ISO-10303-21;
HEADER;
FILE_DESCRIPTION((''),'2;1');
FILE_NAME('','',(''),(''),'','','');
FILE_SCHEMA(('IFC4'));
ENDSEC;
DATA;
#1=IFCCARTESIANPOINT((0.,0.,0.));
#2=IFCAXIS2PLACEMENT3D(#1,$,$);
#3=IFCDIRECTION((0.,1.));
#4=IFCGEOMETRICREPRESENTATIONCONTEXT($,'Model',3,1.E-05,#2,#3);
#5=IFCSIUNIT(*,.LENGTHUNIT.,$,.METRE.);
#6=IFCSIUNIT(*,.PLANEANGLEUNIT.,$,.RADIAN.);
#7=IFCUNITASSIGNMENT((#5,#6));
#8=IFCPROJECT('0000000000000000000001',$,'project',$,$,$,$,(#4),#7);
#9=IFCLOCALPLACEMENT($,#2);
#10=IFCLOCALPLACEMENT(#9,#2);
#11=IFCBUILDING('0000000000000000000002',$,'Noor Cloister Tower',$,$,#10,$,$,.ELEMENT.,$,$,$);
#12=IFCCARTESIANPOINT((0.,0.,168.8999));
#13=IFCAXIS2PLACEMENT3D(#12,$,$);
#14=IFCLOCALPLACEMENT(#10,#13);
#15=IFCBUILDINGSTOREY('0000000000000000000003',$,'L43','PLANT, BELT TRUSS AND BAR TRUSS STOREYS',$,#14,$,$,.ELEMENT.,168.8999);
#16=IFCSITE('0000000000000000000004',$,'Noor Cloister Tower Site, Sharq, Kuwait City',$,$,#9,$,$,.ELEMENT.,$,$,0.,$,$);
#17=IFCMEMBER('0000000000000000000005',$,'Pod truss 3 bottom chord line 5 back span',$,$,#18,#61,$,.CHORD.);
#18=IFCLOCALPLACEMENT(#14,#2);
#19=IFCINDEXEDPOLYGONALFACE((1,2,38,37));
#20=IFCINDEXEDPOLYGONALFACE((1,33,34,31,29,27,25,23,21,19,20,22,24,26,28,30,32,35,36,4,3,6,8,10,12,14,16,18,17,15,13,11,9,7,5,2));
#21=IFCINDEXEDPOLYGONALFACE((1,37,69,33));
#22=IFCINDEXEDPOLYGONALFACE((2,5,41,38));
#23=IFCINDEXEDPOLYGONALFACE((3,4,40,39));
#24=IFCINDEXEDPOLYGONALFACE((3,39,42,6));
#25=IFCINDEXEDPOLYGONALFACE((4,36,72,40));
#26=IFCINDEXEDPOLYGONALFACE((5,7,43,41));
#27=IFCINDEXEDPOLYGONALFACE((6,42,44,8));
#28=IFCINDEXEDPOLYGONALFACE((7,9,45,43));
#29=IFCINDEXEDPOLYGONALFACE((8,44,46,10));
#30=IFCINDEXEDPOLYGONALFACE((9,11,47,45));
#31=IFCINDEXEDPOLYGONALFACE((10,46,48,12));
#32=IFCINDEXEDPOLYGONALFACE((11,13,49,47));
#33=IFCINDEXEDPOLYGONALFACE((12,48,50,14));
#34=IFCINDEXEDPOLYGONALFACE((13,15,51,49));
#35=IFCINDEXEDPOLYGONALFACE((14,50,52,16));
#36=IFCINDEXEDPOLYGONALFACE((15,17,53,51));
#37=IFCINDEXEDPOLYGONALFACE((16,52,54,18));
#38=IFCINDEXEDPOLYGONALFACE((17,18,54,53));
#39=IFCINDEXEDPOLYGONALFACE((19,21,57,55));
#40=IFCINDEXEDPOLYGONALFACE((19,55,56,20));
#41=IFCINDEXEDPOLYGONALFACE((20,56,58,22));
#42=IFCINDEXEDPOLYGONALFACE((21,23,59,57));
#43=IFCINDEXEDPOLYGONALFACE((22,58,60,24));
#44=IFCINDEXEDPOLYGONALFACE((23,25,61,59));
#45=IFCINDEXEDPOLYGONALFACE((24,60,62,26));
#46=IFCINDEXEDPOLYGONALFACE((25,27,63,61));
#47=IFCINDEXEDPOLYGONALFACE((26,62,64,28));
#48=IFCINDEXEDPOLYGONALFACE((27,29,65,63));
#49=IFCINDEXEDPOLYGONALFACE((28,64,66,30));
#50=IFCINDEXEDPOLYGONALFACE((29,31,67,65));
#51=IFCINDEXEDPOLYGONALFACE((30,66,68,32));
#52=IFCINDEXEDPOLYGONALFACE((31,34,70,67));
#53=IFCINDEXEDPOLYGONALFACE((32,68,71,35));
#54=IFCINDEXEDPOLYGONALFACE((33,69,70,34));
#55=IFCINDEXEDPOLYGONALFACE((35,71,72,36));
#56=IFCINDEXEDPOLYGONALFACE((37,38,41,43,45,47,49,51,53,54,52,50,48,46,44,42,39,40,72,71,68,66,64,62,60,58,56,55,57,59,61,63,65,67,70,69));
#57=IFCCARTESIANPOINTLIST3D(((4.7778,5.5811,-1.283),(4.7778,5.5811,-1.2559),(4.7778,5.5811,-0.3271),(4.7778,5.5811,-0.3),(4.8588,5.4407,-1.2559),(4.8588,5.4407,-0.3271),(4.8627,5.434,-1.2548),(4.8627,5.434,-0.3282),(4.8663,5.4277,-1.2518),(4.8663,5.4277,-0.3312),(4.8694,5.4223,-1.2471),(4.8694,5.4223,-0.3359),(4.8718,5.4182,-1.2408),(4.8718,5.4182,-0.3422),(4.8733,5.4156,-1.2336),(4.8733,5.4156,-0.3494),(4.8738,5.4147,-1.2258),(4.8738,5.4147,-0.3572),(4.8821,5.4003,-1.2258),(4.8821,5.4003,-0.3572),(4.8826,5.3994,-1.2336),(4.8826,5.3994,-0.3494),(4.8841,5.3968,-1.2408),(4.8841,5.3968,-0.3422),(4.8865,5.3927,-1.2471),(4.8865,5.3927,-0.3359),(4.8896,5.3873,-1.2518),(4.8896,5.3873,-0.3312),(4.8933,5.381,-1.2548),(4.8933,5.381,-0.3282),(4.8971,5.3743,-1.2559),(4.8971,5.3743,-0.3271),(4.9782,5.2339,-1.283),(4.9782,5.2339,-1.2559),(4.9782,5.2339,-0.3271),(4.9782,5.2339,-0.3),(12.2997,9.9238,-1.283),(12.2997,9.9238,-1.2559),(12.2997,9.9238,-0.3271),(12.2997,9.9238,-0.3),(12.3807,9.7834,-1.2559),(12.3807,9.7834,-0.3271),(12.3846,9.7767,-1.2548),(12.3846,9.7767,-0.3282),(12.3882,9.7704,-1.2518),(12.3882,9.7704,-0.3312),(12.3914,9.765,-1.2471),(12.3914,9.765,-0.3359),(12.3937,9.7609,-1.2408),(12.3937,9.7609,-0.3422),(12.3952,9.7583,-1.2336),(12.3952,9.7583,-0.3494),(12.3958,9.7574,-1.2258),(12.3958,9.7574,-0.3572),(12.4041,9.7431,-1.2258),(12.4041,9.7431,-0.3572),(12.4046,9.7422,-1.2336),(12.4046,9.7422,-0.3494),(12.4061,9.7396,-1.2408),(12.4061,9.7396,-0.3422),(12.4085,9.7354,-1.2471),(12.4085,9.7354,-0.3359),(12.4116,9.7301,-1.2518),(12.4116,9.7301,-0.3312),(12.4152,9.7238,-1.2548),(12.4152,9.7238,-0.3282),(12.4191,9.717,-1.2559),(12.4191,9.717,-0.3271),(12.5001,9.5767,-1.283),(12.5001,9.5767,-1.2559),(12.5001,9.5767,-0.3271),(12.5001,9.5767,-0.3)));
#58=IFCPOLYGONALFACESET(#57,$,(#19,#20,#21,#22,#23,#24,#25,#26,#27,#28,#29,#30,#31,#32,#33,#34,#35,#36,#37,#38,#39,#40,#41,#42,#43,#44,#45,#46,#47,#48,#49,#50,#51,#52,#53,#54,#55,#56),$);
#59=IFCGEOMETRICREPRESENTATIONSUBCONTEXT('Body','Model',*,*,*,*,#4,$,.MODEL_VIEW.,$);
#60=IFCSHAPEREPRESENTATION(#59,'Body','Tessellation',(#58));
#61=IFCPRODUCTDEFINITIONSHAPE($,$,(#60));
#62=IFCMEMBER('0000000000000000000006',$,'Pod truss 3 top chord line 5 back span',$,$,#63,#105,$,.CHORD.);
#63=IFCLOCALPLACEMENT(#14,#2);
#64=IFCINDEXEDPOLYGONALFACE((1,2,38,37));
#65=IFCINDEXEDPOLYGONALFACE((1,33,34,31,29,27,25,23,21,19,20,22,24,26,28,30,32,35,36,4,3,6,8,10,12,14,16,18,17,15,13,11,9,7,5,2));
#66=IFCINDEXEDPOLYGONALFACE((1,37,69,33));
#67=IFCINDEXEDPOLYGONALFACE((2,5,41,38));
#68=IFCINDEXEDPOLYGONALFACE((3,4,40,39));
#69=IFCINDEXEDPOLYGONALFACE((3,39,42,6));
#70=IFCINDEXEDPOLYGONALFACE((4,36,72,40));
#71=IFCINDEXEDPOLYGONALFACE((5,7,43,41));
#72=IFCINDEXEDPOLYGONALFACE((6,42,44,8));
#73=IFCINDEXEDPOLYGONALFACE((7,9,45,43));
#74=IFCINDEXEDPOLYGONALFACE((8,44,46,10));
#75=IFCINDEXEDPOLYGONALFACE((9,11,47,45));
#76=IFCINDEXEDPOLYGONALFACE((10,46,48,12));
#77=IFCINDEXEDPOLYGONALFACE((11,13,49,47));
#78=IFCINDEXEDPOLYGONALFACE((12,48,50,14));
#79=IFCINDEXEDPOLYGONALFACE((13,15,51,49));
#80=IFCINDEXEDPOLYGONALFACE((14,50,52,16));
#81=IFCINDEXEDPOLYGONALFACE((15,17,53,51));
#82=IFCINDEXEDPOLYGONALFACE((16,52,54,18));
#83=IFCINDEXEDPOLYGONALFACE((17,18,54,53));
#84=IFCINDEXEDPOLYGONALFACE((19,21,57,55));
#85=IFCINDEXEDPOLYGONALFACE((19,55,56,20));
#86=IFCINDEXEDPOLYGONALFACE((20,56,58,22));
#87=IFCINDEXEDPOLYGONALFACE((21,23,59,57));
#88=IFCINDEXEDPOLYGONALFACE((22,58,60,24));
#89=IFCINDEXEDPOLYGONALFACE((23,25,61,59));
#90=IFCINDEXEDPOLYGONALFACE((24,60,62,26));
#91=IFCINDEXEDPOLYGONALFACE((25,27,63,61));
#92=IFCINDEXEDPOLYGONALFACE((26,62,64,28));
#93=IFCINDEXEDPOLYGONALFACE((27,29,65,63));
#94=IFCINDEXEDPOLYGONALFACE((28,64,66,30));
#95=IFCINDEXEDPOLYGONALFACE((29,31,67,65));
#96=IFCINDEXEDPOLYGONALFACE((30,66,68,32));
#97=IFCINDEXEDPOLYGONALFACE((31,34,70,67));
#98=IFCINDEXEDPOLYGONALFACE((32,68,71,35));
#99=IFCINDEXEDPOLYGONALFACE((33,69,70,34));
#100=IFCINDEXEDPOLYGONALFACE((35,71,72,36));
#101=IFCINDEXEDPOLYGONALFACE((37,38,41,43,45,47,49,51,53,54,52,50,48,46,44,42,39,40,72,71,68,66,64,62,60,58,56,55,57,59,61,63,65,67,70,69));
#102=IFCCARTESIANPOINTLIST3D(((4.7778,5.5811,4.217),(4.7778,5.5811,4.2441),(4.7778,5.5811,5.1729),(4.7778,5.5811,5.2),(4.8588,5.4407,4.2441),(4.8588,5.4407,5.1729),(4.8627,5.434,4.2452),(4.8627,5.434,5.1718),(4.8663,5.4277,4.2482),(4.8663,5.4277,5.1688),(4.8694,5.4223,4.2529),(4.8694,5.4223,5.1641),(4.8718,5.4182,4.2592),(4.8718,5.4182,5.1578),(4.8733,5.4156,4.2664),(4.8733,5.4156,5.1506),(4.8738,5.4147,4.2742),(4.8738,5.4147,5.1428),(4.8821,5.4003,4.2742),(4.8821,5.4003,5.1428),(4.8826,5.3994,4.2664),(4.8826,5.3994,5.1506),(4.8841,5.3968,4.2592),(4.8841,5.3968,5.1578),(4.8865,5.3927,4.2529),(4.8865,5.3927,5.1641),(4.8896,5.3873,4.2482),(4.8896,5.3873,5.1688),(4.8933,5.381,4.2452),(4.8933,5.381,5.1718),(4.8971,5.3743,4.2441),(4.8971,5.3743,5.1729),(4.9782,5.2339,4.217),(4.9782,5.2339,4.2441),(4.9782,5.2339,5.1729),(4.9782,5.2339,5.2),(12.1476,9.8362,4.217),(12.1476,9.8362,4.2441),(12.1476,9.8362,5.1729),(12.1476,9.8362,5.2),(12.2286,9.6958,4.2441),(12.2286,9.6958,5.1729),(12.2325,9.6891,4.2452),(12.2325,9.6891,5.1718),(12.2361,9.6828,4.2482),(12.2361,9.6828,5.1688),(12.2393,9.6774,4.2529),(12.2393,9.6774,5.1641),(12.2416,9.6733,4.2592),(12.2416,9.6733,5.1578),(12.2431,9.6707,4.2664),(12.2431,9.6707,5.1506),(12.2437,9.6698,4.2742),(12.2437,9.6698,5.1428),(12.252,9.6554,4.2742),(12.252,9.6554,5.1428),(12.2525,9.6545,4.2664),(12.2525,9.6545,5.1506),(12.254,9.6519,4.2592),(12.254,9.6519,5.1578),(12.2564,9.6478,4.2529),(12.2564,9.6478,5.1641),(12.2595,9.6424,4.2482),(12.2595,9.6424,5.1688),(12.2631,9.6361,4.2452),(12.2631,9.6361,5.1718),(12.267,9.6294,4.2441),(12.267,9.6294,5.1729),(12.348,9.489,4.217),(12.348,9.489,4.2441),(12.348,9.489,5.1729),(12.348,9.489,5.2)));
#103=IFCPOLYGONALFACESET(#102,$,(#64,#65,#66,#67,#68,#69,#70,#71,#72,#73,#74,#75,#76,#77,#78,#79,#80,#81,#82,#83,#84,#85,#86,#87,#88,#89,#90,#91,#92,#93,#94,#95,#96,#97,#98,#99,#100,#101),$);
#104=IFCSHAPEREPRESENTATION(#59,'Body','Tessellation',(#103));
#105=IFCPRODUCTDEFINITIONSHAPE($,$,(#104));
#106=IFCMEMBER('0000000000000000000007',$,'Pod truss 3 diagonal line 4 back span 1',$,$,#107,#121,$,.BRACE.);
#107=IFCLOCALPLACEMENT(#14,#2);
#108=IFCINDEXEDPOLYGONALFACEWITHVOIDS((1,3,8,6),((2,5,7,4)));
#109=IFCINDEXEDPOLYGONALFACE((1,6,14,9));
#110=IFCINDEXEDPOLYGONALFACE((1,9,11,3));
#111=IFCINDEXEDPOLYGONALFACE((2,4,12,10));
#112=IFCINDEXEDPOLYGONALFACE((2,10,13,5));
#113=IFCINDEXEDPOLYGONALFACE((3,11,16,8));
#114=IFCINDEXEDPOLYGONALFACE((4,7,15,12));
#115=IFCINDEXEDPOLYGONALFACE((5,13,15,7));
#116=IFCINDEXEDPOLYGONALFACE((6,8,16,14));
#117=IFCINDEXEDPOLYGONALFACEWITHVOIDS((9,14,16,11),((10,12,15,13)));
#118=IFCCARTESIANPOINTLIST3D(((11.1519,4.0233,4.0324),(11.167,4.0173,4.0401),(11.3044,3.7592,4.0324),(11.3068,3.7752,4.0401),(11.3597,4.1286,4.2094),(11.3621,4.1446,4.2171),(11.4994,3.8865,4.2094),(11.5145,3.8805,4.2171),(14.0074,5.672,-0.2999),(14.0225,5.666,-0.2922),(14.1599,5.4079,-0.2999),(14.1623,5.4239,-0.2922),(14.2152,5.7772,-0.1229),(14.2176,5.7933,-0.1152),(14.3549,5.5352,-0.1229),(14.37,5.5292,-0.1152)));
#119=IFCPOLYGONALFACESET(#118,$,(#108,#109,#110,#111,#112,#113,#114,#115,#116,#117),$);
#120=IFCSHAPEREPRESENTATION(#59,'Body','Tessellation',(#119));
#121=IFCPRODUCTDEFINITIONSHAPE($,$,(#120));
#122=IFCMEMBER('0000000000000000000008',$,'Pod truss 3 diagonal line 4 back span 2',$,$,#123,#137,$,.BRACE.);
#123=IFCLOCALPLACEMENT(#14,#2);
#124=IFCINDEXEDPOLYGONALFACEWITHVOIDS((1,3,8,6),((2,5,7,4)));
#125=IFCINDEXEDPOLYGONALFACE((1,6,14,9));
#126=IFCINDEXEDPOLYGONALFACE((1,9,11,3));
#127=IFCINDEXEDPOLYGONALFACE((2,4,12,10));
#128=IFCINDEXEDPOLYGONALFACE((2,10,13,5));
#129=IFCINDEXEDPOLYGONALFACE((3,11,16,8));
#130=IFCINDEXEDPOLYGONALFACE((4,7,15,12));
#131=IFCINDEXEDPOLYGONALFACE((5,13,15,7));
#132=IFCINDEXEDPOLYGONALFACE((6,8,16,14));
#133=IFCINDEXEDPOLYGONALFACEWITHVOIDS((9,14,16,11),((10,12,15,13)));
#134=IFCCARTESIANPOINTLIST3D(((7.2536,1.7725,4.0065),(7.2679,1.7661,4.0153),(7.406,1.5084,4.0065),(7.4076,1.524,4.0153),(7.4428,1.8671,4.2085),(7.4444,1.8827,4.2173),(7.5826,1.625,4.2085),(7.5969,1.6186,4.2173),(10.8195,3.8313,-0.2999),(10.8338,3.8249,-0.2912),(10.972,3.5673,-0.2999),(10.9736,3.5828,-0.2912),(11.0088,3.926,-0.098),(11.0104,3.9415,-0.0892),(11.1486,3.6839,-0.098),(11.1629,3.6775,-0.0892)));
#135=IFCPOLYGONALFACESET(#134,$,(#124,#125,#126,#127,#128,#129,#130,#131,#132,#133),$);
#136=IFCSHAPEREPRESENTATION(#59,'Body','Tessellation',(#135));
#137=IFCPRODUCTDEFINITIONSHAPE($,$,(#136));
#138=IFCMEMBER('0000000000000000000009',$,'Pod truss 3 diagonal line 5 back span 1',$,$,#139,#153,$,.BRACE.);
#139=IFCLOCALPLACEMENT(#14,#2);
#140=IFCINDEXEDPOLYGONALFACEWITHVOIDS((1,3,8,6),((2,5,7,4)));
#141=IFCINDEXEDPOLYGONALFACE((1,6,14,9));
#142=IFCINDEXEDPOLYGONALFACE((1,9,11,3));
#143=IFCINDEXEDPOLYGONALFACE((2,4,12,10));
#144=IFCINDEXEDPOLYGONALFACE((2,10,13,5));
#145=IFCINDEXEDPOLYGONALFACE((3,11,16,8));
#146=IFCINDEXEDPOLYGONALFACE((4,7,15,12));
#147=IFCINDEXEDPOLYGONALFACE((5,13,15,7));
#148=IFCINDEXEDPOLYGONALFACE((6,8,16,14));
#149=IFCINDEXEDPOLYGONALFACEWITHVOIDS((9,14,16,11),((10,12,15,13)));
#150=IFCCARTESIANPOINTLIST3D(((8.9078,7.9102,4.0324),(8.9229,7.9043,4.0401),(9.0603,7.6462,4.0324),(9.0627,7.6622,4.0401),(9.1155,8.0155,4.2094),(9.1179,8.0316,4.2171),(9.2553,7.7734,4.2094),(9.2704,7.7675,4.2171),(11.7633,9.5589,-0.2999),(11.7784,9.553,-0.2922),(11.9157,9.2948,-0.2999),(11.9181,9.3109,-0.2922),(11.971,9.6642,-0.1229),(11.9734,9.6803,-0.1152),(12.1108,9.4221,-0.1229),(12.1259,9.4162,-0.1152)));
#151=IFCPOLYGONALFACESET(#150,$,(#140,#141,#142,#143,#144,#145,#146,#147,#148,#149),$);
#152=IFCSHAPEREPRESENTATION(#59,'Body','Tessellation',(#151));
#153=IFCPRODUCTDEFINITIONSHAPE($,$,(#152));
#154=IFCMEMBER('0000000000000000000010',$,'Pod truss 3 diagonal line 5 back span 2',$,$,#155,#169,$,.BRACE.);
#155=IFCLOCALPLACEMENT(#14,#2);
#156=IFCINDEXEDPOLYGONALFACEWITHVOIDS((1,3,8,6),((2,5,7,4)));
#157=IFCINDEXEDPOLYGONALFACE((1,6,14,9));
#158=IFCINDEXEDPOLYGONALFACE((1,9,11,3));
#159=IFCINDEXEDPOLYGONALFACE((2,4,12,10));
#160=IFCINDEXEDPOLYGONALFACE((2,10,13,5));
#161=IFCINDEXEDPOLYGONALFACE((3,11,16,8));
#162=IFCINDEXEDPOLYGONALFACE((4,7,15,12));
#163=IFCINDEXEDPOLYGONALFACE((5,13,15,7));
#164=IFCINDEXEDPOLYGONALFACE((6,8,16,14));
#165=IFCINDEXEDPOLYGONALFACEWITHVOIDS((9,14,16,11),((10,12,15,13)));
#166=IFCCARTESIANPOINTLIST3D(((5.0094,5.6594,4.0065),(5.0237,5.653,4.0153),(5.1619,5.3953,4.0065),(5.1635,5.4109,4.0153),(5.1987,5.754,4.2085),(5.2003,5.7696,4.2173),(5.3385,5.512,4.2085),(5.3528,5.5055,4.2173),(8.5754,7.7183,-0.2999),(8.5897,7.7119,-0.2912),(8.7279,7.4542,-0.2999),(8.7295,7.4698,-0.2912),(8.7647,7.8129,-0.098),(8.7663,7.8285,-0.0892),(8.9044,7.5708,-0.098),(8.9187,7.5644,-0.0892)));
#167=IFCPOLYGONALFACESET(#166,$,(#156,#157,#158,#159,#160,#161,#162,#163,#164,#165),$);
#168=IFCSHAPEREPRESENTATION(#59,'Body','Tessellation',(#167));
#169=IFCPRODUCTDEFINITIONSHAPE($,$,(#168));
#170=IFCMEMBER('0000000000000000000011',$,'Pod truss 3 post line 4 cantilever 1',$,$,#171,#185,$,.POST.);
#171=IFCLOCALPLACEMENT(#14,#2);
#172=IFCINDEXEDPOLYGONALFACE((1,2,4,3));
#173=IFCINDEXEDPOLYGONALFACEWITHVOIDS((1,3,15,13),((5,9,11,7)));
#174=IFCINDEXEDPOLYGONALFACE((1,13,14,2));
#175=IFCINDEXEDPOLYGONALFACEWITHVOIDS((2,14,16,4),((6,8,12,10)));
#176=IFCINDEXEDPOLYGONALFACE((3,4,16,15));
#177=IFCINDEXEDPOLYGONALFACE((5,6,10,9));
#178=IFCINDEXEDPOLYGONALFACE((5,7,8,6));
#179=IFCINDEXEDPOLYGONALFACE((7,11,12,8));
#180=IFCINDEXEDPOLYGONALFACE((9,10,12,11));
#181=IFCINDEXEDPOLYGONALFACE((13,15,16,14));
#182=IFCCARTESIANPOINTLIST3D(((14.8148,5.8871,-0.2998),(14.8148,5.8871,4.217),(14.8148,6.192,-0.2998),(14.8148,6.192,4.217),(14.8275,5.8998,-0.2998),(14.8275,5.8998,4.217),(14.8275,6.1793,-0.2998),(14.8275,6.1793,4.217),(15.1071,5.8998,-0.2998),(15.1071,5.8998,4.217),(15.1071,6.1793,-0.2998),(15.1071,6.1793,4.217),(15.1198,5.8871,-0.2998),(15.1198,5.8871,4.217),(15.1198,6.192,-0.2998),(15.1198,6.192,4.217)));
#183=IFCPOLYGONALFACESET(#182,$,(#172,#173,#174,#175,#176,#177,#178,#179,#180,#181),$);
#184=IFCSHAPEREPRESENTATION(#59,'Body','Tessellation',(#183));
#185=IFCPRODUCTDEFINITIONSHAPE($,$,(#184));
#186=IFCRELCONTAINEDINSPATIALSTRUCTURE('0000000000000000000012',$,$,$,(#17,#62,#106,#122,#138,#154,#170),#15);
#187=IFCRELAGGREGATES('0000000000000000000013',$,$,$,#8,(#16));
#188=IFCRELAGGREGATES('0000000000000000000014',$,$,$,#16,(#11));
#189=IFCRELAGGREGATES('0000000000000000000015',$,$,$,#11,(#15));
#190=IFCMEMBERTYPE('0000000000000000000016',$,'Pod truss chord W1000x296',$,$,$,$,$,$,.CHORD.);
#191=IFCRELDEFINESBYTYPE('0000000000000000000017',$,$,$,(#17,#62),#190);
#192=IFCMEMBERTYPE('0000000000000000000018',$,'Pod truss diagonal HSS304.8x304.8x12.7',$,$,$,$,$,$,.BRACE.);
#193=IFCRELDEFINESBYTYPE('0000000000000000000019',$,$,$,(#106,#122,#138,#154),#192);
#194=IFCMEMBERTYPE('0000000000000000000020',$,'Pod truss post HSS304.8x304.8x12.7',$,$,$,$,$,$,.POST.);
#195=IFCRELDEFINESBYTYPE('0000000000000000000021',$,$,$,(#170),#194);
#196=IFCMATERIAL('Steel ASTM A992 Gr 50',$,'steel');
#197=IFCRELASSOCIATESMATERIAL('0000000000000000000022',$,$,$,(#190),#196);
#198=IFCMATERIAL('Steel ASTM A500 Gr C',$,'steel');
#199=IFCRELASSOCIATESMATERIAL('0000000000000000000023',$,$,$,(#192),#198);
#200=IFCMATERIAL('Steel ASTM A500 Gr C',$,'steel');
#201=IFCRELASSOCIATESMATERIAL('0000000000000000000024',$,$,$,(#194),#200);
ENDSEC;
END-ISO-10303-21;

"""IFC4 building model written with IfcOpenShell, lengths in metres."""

from ifc_helpers import new_model, si_unit, direction, frame, origin, origin_2d, place, context, subcontext, project, spatial, hollow_rectangle, i_section, extrude, material, material_profile, profile_set, type_object, element, save


model = new_model("IFC4")

# Units and contexts
model_context = context("Model", 3, precision=1e-05, world=origin(), true_north=direction((0.0, 1.0)))
body_context = subcontext(model_context, "Body", "Model", "MODEL_VIEW")
ifc_project = project(units=[si_unit("LENGTHUNIT", "METRE"), si_unit("PLANEANGLEUNIT", "RADIAN")], contexts=[model_context])

# Site, building, storey
site_placement = place(None, origin())
site = spatial("IfcSite", under=ifc_project, at=site_placement, Name="Noor Cloister Tower Site, Sharq, Kuwait City", CompositionType="ELEMENT", RefElevation=0.0)
building_placement = place(site_placement, origin())
building = spatial("IfcBuilding", under=site, at=building_placement, Name="Noor Cloister Tower", CompositionType="ELEMENT")
storey_placement = place(building_placement, frame((0.0, 0.0, 168.8999)))
storey = spatial("IfcBuildingStorey", under=building, at=storey_placement, Name="L43", Description="PLANT, BELT TRUSS AND BAR TRUSS STOREYS", CompositionType="ELEMENT", Elevation=168.8999)

# Members
ifc_material_1 = material(Name="Steel ASTM A992 Gr 50", Category="steel")
ifc_material_profile_1 = material_profile(ifc_material_1, i_section(OverallWidth=0.4009, OverallDepth=0.9829, WebThickness=0.0166, FlangeThickness=0.0271, FilletRadius=0.03, at=origin_2d()), Name="W1000x296")
ifc_profile_set_1 = profile_set([ifc_material_profile_1], Name="Steel ASTM A992 Gr 50")
member_type_1 = type_object("IfcMemberType", Name="Pod truss chord W1000x296", PredefinedType="CHORD", material=ifc_profile_set_1)
member_1_placement = place(storey_placement, frame((12.3999, 9.7502, -0.7915), z_axis=(-0.866027, -0.499997, 0.0), x_axis=(0.499997, -0.866027, 0.0)))
element("IfcMember", 1, at=member_1_placement, inside=storey, type_object=member_type_1, Name="Pod truss 3 bottom chord line 5 back span", PredefinedType="CHORD", context=body_context, shape_type="SweptSolid", body=[
    extrude(i_section(OverallWidth=0.4009, OverallDepth=0.9829, WebThickness=0.0166, FlangeThickness=0.0271, FilletRadius=0.03, at=origin_2d()), origin(), (0.0, 0.0, 1.0), 8.6855),
])
member_2_placement = place(storey_placement, frame((12.2478, 9.6626, 4.7085), z_axis=(-0.866019, -0.500011, 0.0), x_axis=(0.500011, -0.866019, 0.0)))
element("IfcMember", 2, at=member_2_placement, inside=storey, type_object=member_type_1, Name="Pod truss 3 top chord line 5 back span", PredefinedType="CHORD", context=body_context, shape_type="SweptSolid", body=[
    extrude(i_section(OverallWidth=0.4009, OverallDepth=0.9829, WebThickness=0.0166, FlangeThickness=0.0271, FilletRadius=0.03, at=origin_2d()), origin(), (0.0, 0.0, 1.0), 8.51),
])
ifc_material_2 = material(Name="Steel ASTM A500 Gr C", Category="steel")
ifc_material_profile_2 = material_profile(ifc_material_2, hollow_rectangle(XDim=0.3049, YDim=0.3049, WallThickness=0.0127, at=origin_2d()), Name="HSS304.8x304.8x12.7")
ifc_profile_set_2 = profile_set([ifc_material_profile_2], Name="Steel ASTM A500 Gr C")
member_type_2 = type_object("IfcMemberType", Name="Pod truss diagonal HSS304.8x304.8x12.7", PredefinedType="BRACE", material=ifc_profile_set_2)
member_3_placement = place(storey_placement, frame((14.1887, 5.6006, -0.2075), z_axis=(-0.524487, -0.302827, 0.795744), x_axis=(0.500017, -0.866015, 0.0)))
element("IfcMember", 3, at=member_3_placement, inside=storey, type_object=member_type_2, Name="Pod truss 3 diagonal line 4 back span 1", PredefinedType="BRACE", context=body_context, shape_type="SweptSolid", body=[
    extrude(hollow_rectangle(XDim=0.3049, YDim=0.3049, WallThickness=0.0127, at=origin_2d()), origin(), (0.0, 0.0, 1.0), 5.4443),
])
member_4_placement = place(storey_placement, frame((10.9912, 3.7544, -0.1946), z_axis=(-0.598493, -0.345549, 0.722773), x_axis=(0.50001, -0.86602, 0.0)))
element("IfcMember", 4, at=member_4_placement, inside=storey, type_object=member_type_2, Name="Pod truss 3 diagonal line 4 back span 2", PredefinedType="BRACE", context=body_context, shape_type="SweptSolid", body=[
    extrude(hollow_rectangle(XDim=0.3049, YDim=0.3049, WallThickness=0.0127, at=origin_2d()), origin(), (0.0, 0.0, 1.0), 5.9583),
])
member_5_placement = place(storey_placement, frame((11.9446, 9.4875, -0.2075), z_axis=(-0.524487, -0.302827, 0.795744), x_axis=(0.500017, -0.866015, 0.0)))
element("IfcMember", 5, at=member_5_placement, inside=storey, type_object=member_type_2, Name="Pod truss 3 diagonal line 5 back span 1", PredefinedType="BRACE", context=body_context, shape_type="SweptSolid", body=[
    extrude(hollow_rectangle(XDim=0.3049, YDim=0.3049, WallThickness=0.0127, at=origin_2d()), origin(), (0.0, 0.0, 1.0), 5.4443),
])
member_6_placement = place(storey_placement, frame((8.7471, 7.6414, -0.1946), z_axis=(-0.598493, -0.345549, 0.722773), x_axis=(0.50001, -0.86602, 0.0)))
element("IfcMember", 6, at=member_6_placement, inside=storey, type_object=member_type_2, Name="Pod truss 3 diagonal line 5 back span 2", PredefinedType="BRACE", context=body_context, shape_type="SweptSolid", body=[
    extrude(hollow_rectangle(XDim=0.3049, YDim=0.3049, WallThickness=0.0127, at=origin_2d()), origin(), (0.0, 0.0, 1.0), 5.9583),
])
ifc_material_3 = material(Name="Steel ASTM A500 Gr C", Category="steel")
ifc_material_profile_3 = material_profile(ifc_material_3, hollow_rectangle(XDim=0.3049, YDim=0.3049, WallThickness=0.0127, at=origin_2d()), Name="HSS304.8x304.8x12.7")
ifc_profile_set_3 = profile_set([ifc_material_profile_3], Name="Steel ASTM A500 Gr C")
member_type_3 = type_object("IfcMemberType", Name="Pod truss post HSS304.8x304.8x12.7", PredefinedType="POST", material=ifc_profile_set_3)
for number, where, z_axis, x_axis, name in (
    (7, (14.9673, 6.0396, -0.2998), (0.0, 0.0, 1.0), (1.0, 0.0, 0.0), "Pod truss 3 post line 4 cantilever 1"),
):
    element("IfcMember", number, at=place(storey_placement, frame(where, z_axis=z_axis, x_axis=x_axis)), inside=storey, type_object=member_type_3, Name=name, PredefinedType="POST", context=body_context, shape_type="SweptSolid", body=[
        extrude(hollow_rectangle(XDim=0.3049, YDim=0.3049, WallThickness=0.0127, at=origin_2d()), origin(), (0.0, 0.0, 1.0), 4.5168),
    ])

save(model, "model.ifc")
